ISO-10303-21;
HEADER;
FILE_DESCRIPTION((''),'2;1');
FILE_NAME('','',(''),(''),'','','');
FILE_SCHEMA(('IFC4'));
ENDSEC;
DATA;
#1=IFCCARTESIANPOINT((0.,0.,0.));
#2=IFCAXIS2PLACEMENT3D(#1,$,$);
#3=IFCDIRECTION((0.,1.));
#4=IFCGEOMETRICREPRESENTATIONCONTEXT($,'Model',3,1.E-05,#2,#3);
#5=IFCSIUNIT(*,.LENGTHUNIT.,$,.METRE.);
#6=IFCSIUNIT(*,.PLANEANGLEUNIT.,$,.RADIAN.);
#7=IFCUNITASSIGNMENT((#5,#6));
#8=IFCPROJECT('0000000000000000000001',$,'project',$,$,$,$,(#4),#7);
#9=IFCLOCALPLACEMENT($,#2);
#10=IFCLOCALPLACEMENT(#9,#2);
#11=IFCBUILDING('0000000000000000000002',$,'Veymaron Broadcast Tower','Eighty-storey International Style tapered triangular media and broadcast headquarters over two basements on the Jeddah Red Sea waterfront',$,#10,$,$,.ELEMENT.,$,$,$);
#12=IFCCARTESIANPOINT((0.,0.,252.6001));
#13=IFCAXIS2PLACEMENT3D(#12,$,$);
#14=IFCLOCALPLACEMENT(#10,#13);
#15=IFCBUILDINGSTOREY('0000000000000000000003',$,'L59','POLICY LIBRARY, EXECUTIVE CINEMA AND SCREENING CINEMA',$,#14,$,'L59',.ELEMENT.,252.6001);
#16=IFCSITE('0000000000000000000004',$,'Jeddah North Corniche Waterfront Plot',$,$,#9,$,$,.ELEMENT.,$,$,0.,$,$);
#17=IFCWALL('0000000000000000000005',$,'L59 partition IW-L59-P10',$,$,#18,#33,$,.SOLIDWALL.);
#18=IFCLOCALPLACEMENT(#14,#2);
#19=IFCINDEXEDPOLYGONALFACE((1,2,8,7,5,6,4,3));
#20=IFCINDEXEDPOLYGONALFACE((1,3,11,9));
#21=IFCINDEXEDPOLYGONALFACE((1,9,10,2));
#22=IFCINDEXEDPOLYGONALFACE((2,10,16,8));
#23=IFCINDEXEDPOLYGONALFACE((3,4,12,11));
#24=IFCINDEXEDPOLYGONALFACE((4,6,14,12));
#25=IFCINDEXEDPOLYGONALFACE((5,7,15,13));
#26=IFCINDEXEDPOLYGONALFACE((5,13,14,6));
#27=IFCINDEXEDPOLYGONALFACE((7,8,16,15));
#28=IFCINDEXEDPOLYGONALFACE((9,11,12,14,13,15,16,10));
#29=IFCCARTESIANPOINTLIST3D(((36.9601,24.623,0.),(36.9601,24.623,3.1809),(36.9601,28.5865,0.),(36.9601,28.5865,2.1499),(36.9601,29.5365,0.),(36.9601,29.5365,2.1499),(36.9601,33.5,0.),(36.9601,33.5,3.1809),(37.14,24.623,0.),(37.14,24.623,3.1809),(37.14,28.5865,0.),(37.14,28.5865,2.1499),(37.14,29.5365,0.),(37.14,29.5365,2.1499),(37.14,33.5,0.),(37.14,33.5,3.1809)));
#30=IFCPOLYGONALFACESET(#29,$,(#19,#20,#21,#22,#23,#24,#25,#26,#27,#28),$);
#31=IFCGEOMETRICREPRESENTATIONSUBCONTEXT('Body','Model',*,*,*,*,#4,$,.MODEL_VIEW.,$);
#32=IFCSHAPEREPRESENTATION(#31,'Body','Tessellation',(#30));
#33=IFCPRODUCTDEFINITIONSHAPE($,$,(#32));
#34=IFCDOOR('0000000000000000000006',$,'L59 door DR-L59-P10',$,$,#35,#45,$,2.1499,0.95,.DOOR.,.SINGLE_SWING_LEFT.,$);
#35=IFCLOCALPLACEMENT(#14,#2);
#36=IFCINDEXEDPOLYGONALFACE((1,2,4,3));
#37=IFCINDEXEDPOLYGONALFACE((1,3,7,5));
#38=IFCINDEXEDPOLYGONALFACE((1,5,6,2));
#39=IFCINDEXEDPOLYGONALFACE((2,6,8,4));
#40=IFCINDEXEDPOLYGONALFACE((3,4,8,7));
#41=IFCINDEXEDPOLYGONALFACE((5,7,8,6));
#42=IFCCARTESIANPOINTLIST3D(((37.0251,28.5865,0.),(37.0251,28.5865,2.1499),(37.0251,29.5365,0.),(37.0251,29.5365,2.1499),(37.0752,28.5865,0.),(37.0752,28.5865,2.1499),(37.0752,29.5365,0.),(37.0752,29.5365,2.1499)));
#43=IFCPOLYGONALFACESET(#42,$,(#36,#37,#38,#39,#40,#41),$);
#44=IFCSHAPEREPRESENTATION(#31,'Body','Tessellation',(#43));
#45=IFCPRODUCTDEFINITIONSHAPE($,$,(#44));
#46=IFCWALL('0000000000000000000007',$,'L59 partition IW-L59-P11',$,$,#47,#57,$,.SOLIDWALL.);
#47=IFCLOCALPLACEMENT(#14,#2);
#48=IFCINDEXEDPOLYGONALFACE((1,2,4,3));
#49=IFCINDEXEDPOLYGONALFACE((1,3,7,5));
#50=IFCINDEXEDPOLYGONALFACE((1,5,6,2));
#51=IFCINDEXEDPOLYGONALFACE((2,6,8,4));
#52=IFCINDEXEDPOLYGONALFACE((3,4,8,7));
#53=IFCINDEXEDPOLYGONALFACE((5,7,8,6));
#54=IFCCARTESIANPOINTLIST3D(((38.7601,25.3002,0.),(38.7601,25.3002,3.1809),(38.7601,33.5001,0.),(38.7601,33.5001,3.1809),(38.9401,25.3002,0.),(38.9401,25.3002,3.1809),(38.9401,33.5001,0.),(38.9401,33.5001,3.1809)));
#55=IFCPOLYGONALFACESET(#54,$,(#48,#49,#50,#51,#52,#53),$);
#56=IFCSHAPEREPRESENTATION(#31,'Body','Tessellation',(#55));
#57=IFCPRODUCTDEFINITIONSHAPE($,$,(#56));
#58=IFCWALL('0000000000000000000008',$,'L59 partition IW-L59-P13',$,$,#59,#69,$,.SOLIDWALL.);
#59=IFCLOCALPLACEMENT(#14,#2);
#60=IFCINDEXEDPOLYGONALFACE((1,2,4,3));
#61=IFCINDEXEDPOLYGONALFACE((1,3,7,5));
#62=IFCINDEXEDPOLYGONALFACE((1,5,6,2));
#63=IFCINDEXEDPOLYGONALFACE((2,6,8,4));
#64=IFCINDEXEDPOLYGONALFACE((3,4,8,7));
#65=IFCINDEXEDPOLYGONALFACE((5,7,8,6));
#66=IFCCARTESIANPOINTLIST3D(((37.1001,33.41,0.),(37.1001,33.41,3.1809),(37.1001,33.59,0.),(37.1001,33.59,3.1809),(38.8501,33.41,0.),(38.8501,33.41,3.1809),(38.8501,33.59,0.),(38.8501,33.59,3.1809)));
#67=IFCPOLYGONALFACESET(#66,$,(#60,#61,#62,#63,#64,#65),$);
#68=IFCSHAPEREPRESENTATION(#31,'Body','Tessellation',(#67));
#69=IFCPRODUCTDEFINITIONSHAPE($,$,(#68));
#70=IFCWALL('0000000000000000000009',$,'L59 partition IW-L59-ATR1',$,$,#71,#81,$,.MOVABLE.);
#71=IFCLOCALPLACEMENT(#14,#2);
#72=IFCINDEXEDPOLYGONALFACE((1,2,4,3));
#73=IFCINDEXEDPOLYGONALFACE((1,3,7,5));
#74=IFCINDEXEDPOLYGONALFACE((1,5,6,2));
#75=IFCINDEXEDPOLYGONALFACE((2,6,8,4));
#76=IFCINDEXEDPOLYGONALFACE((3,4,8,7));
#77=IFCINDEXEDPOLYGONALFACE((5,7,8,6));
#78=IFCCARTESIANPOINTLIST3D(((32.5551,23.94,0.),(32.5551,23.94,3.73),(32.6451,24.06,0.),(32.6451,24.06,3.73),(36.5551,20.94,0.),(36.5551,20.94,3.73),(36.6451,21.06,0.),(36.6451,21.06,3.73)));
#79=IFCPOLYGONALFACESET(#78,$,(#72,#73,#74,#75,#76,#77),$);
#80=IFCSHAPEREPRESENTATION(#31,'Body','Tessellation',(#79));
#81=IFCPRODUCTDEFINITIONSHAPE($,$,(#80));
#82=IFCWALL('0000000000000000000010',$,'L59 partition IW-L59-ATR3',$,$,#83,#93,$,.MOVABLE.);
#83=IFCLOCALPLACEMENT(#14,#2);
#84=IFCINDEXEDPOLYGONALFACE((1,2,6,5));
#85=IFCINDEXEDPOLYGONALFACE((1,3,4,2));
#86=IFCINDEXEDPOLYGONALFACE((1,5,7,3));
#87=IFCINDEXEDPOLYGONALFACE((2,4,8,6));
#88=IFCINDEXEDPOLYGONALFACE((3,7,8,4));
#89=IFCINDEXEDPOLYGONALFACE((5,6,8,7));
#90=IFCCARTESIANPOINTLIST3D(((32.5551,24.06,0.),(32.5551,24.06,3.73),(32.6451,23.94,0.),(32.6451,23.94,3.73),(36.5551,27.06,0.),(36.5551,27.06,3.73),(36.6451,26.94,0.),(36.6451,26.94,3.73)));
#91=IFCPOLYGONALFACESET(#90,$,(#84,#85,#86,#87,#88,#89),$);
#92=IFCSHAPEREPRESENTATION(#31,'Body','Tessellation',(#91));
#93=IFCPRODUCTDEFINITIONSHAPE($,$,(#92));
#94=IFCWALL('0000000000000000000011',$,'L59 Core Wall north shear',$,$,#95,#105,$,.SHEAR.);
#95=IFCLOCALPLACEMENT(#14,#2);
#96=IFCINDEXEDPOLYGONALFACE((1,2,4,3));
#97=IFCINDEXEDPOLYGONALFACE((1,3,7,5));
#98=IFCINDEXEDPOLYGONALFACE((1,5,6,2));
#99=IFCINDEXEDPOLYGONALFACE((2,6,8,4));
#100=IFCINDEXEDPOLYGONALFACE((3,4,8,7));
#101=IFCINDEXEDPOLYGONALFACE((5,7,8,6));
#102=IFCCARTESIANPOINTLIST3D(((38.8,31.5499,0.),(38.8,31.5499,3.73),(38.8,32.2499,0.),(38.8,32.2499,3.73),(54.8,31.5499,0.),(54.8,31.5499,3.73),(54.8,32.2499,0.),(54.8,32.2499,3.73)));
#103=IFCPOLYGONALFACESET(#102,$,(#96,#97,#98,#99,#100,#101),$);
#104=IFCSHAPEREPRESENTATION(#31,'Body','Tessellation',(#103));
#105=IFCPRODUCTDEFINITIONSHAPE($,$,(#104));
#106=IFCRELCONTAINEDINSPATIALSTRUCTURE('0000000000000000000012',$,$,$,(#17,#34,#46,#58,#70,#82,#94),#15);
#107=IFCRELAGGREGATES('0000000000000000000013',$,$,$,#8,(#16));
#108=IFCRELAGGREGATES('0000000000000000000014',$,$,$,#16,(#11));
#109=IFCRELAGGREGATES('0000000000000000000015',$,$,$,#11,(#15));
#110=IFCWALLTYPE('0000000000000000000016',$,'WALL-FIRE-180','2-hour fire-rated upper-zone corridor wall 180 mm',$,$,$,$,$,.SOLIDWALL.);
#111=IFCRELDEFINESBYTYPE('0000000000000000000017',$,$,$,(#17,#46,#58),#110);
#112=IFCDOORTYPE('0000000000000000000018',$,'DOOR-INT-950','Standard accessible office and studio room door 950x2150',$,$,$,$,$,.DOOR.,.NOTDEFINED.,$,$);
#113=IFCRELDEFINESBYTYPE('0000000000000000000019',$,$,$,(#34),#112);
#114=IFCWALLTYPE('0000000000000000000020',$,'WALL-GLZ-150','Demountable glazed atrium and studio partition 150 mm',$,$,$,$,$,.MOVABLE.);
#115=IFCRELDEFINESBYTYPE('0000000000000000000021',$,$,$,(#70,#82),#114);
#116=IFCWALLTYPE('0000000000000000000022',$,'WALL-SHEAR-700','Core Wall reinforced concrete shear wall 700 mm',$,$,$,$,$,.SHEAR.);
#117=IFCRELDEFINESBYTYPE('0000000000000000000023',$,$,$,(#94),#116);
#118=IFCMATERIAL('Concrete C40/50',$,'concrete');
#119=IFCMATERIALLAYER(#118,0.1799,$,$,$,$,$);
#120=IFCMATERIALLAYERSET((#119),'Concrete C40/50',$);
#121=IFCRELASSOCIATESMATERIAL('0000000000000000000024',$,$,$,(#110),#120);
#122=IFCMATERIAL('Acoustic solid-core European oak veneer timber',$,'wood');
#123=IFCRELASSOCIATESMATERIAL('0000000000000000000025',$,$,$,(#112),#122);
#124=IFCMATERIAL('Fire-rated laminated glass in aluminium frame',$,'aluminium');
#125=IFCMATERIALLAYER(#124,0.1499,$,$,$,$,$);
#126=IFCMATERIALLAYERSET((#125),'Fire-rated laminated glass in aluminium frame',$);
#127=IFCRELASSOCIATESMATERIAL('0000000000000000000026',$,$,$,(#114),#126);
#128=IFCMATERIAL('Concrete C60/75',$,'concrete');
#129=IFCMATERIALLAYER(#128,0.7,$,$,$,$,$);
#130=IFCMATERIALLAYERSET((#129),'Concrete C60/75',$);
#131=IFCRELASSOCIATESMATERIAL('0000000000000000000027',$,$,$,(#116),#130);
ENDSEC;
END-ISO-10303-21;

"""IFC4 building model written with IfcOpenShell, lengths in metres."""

from ifc_helpers import new_model, si_unit, direction, frame, frame_2d, origin, place, context, subcontext, project, spatial, rectangle, extrude, material, layer, layer_set, type_object, element, fill, save


model = new_model("IFC4")

# Units and contexts
model_context = context("Model", 3, precision=1e-05, world=origin(), true_north=direction((0.0, 1.0)))
body_context = subcontext(model_context, "Body", "Model", "MODEL_VIEW")
ifc_project = project(units=[si_unit("LENGTHUNIT", "METRE"), si_unit("PLANEANGLEUNIT", "RADIAN")], contexts=[model_context])

# Site, building, storey
site_placement = place(None, origin())
site = spatial("IfcSite", under=ifc_project, at=site_placement, Name="Jeddah North Corniche Waterfront Plot", CompositionType="ELEMENT", RefElevation=0.0)
building_placement = place(site_placement, origin())
building = spatial("IfcBuilding", under=site, at=building_placement, Name="Veymaron Broadcast Tower", Description="Eighty-storey International Style tapered triangular media and broadcast headquarters over two basements on the Jeddah Red Sea waterfront", CompositionType="ELEMENT")
storey_placement = place(building_placement, frame((0.0, 0.0, 252.6001)))
storey = spatial("IfcBuildingStorey", under=building, at=storey_placement, Name="L59", Description="POLICY LIBRARY, EXECUTIVE CINEMA AND SCREENING CINEMA", LongName="L59", CompositionType="ELEMENT", Elevation=252.6001)

# Wall, opening, door
ifc_material_1 = material(Name="Concrete C40/50", Category="concrete")
ifc_layer_1 = layer(ifc_material_1, 0.1799)
ifc_layer_set_1 = layer_set([ifc_layer_1], Name="Concrete C40/50")
wall_type_1 = type_object("IfcWallType", Name="WALL-FIRE-180", Description="2-hour fire-rated upper-zone corridor wall 180 mm", PredefinedType="SOLIDWALL", material=ifc_layer_set_1)
wall_1_placement = place(storey_placement, frame((37.05, 24.623, 0.0), z_axis=(0.0, 0.0, 1.0), x_axis=(0.0, 1.0, 0.0)))
wall_1 = element("IfcWall", 1, at=wall_1_placement, inside=storey, type_object=wall_type_1, Name="L59 partition IW-L59-P10", PredefinedType="SOLIDWALL", context=body_context, shape_type="SweptSolid", body=[
    extrude(rectangle(XDim=8.877, YDim=0.1799, at=frame_2d((4.4385, 0.0))), origin(), (0.0, 0.0, 1.0), 3.1809),
])
opening_placement = place(wall_1_placement, frame((3.9634, 0.0, 0.0)))
opening = element("IfcOpeningElement", 2, at=opening_placement, cuts=wall_1, PredefinedType="OPENING", context=body_context, shape_type="SweptSolid", body=[
    extrude(rectangle(XDim=0.95, YDim=2.1499, at=frame_2d((0.4751, 1.075))), frame((0.0, 0.1001, 0.0), z_axis=(0.0, -1.0, 0.0), x_axis=(1.0, 0.0, 0.0)), (0.0, 0.0, 1.0), 0.2),
])
ifc_material_2 = material(Name="Acoustic solid-core European oak veneer timber", Category="wood")
door_type = type_object("IfcDoorType", Name="DOOR-INT-950", Description="Standard accessible office and studio room door 950x2150", OperationType="NOTDEFINED", PredefinedType="DOOR", material=ifc_material_2)
door_placement = place(opening_placement, origin())
door = element("IfcDoor", 3, at=door_placement, inside=storey, type_object=door_type, Name="L59 door DR-L59-P10", OperationType="SINGLE_SWING_LEFT", OverallHeight=2.1499, OverallWidth=0.95, PredefinedType="DOOR", context=body_context, shape_type="SweptSolid", body=[
    extrude(rectangle(XDim=0.95, YDim=2.1499, at=frame_2d((0.4751, 1.075))), frame((0.0, 0.0249, 0.0), z_axis=(0.0, -1.0, 0.0), x_axis=(1.0, 0.0, 0.0)), (0.0, 0.0, 1.0), 0.05),
])
fill(opening, door)

# Walls
wall_2_placement = place(storey_placement, frame((38.8501, 25.3, 0.0), z_axis=(0.0, 0.0, 1.0), x_axis=(0.0, 1.0, 0.0)))
element("IfcWall", 4, at=wall_2_placement, inside=storey, type_object=wall_type_1, Name="L59 partition IW-L59-P11", PredefinedType="SOLIDWALL", context=body_context, shape_type="SweptSolid", body=[
    extrude(rectangle(XDim=8.2, YDim=0.1799, at=frame_2d((4.1001, 0.0))), origin(), (0.0, 0.0, 1.0), 3.1809),
])
wall_3_placement = place(storey_placement, frame((37.1001, 33.5, 0.0), z_axis=(0.0, 0.0, 1.0), x_axis=(1.0, 0.0, 0.0)))
element("IfcWall", 5, at=wall_3_placement, inside=storey, type_object=wall_type_1, Name="L59 partition IW-L59-P13", PredefinedType="SOLIDWALL", context=body_context, shape_type="SweptSolid", body=[
    extrude(rectangle(XDim=1.75, YDim=0.1799, at=frame_2d((0.875, 0.0))), origin(), (0.0, 0.0, 1.0), 3.1809),
])
ifc_material_3 = material(Name="Fire-rated laminated glass in aluminium frame", Category="aluminium")
ifc_layer_2 = layer(ifc_material_3, 0.1499)
ifc_layer_set_2 = layer_set([ifc_layer_2], Name="Fire-rated laminated glass in aluminium frame")
wall_type_2 = type_object("IfcWallType", Name="WALL-GLZ-150", Description="Demountable glazed atrium and studio partition 150 mm", PredefinedType="MOVABLE", material=ifc_layer_set_2)
for number, where, z_axis, x_axis, name in (
    (6, (32.6001, 24.0, 0.0), (0.0, 0.0, 1.0), (0.8, -0.6, 0.0), "L59 partition IW-L59-ATR1"),
    (7, (36.6001, 27.0, 0.0), (0.0, 0.0, 1.0), (-0.8, -0.6, 0.0), "L59 partition IW-L59-ATR3"),
):
    element("IfcWall", number, at=place(storey_placement, frame(where, z_axis=z_axis, x_axis=x_axis)), inside=storey, type_object=wall_type_2, Name=name, PredefinedType="MOVABLE", context=body_context, shape_type="SweptSolid", body=[
        extrude(rectangle(XDim=5.0, YDim=0.1499, at=frame_2d((2.5, 0.0))), origin(), (0.0, 0.0, 1.0), 3.73),
    ])
ifc_material_4 = material(Name="Concrete C60/75", Category="concrete")
ifc_layer_3 = layer(ifc_material_4, 0.7)
ifc_layer_set_3 = layer_set([ifc_layer_3], Name="Concrete C60/75")
wall_type_3 = type_object("IfcWallType", Name="WALL-SHEAR-700", Description="Core Wall reinforced concrete shear wall 700 mm", PredefinedType="SHEAR", material=ifc_layer_set_3)
wall_4_placement = place(storey_placement, frame((38.8, 31.8999, 0.0), z_axis=(0.0, 0.0, 1.0), x_axis=(1.0, 0.0, 0.0)))
element("IfcWall", 8, at=wall_4_placement, inside=storey, type_object=wall_type_3, Name="L59 Core Wall north shear", PredefinedType="SHEAR", context=body_context, shape_type="SweptSolid", body=[
    extrude(rectangle(XDim=16.0, YDim=0.7, at=frame_2d((8.0, 0.0))), origin(), (0.0, 0.0, 1.0), 3.73),
])

save(model, "model.ifc")
